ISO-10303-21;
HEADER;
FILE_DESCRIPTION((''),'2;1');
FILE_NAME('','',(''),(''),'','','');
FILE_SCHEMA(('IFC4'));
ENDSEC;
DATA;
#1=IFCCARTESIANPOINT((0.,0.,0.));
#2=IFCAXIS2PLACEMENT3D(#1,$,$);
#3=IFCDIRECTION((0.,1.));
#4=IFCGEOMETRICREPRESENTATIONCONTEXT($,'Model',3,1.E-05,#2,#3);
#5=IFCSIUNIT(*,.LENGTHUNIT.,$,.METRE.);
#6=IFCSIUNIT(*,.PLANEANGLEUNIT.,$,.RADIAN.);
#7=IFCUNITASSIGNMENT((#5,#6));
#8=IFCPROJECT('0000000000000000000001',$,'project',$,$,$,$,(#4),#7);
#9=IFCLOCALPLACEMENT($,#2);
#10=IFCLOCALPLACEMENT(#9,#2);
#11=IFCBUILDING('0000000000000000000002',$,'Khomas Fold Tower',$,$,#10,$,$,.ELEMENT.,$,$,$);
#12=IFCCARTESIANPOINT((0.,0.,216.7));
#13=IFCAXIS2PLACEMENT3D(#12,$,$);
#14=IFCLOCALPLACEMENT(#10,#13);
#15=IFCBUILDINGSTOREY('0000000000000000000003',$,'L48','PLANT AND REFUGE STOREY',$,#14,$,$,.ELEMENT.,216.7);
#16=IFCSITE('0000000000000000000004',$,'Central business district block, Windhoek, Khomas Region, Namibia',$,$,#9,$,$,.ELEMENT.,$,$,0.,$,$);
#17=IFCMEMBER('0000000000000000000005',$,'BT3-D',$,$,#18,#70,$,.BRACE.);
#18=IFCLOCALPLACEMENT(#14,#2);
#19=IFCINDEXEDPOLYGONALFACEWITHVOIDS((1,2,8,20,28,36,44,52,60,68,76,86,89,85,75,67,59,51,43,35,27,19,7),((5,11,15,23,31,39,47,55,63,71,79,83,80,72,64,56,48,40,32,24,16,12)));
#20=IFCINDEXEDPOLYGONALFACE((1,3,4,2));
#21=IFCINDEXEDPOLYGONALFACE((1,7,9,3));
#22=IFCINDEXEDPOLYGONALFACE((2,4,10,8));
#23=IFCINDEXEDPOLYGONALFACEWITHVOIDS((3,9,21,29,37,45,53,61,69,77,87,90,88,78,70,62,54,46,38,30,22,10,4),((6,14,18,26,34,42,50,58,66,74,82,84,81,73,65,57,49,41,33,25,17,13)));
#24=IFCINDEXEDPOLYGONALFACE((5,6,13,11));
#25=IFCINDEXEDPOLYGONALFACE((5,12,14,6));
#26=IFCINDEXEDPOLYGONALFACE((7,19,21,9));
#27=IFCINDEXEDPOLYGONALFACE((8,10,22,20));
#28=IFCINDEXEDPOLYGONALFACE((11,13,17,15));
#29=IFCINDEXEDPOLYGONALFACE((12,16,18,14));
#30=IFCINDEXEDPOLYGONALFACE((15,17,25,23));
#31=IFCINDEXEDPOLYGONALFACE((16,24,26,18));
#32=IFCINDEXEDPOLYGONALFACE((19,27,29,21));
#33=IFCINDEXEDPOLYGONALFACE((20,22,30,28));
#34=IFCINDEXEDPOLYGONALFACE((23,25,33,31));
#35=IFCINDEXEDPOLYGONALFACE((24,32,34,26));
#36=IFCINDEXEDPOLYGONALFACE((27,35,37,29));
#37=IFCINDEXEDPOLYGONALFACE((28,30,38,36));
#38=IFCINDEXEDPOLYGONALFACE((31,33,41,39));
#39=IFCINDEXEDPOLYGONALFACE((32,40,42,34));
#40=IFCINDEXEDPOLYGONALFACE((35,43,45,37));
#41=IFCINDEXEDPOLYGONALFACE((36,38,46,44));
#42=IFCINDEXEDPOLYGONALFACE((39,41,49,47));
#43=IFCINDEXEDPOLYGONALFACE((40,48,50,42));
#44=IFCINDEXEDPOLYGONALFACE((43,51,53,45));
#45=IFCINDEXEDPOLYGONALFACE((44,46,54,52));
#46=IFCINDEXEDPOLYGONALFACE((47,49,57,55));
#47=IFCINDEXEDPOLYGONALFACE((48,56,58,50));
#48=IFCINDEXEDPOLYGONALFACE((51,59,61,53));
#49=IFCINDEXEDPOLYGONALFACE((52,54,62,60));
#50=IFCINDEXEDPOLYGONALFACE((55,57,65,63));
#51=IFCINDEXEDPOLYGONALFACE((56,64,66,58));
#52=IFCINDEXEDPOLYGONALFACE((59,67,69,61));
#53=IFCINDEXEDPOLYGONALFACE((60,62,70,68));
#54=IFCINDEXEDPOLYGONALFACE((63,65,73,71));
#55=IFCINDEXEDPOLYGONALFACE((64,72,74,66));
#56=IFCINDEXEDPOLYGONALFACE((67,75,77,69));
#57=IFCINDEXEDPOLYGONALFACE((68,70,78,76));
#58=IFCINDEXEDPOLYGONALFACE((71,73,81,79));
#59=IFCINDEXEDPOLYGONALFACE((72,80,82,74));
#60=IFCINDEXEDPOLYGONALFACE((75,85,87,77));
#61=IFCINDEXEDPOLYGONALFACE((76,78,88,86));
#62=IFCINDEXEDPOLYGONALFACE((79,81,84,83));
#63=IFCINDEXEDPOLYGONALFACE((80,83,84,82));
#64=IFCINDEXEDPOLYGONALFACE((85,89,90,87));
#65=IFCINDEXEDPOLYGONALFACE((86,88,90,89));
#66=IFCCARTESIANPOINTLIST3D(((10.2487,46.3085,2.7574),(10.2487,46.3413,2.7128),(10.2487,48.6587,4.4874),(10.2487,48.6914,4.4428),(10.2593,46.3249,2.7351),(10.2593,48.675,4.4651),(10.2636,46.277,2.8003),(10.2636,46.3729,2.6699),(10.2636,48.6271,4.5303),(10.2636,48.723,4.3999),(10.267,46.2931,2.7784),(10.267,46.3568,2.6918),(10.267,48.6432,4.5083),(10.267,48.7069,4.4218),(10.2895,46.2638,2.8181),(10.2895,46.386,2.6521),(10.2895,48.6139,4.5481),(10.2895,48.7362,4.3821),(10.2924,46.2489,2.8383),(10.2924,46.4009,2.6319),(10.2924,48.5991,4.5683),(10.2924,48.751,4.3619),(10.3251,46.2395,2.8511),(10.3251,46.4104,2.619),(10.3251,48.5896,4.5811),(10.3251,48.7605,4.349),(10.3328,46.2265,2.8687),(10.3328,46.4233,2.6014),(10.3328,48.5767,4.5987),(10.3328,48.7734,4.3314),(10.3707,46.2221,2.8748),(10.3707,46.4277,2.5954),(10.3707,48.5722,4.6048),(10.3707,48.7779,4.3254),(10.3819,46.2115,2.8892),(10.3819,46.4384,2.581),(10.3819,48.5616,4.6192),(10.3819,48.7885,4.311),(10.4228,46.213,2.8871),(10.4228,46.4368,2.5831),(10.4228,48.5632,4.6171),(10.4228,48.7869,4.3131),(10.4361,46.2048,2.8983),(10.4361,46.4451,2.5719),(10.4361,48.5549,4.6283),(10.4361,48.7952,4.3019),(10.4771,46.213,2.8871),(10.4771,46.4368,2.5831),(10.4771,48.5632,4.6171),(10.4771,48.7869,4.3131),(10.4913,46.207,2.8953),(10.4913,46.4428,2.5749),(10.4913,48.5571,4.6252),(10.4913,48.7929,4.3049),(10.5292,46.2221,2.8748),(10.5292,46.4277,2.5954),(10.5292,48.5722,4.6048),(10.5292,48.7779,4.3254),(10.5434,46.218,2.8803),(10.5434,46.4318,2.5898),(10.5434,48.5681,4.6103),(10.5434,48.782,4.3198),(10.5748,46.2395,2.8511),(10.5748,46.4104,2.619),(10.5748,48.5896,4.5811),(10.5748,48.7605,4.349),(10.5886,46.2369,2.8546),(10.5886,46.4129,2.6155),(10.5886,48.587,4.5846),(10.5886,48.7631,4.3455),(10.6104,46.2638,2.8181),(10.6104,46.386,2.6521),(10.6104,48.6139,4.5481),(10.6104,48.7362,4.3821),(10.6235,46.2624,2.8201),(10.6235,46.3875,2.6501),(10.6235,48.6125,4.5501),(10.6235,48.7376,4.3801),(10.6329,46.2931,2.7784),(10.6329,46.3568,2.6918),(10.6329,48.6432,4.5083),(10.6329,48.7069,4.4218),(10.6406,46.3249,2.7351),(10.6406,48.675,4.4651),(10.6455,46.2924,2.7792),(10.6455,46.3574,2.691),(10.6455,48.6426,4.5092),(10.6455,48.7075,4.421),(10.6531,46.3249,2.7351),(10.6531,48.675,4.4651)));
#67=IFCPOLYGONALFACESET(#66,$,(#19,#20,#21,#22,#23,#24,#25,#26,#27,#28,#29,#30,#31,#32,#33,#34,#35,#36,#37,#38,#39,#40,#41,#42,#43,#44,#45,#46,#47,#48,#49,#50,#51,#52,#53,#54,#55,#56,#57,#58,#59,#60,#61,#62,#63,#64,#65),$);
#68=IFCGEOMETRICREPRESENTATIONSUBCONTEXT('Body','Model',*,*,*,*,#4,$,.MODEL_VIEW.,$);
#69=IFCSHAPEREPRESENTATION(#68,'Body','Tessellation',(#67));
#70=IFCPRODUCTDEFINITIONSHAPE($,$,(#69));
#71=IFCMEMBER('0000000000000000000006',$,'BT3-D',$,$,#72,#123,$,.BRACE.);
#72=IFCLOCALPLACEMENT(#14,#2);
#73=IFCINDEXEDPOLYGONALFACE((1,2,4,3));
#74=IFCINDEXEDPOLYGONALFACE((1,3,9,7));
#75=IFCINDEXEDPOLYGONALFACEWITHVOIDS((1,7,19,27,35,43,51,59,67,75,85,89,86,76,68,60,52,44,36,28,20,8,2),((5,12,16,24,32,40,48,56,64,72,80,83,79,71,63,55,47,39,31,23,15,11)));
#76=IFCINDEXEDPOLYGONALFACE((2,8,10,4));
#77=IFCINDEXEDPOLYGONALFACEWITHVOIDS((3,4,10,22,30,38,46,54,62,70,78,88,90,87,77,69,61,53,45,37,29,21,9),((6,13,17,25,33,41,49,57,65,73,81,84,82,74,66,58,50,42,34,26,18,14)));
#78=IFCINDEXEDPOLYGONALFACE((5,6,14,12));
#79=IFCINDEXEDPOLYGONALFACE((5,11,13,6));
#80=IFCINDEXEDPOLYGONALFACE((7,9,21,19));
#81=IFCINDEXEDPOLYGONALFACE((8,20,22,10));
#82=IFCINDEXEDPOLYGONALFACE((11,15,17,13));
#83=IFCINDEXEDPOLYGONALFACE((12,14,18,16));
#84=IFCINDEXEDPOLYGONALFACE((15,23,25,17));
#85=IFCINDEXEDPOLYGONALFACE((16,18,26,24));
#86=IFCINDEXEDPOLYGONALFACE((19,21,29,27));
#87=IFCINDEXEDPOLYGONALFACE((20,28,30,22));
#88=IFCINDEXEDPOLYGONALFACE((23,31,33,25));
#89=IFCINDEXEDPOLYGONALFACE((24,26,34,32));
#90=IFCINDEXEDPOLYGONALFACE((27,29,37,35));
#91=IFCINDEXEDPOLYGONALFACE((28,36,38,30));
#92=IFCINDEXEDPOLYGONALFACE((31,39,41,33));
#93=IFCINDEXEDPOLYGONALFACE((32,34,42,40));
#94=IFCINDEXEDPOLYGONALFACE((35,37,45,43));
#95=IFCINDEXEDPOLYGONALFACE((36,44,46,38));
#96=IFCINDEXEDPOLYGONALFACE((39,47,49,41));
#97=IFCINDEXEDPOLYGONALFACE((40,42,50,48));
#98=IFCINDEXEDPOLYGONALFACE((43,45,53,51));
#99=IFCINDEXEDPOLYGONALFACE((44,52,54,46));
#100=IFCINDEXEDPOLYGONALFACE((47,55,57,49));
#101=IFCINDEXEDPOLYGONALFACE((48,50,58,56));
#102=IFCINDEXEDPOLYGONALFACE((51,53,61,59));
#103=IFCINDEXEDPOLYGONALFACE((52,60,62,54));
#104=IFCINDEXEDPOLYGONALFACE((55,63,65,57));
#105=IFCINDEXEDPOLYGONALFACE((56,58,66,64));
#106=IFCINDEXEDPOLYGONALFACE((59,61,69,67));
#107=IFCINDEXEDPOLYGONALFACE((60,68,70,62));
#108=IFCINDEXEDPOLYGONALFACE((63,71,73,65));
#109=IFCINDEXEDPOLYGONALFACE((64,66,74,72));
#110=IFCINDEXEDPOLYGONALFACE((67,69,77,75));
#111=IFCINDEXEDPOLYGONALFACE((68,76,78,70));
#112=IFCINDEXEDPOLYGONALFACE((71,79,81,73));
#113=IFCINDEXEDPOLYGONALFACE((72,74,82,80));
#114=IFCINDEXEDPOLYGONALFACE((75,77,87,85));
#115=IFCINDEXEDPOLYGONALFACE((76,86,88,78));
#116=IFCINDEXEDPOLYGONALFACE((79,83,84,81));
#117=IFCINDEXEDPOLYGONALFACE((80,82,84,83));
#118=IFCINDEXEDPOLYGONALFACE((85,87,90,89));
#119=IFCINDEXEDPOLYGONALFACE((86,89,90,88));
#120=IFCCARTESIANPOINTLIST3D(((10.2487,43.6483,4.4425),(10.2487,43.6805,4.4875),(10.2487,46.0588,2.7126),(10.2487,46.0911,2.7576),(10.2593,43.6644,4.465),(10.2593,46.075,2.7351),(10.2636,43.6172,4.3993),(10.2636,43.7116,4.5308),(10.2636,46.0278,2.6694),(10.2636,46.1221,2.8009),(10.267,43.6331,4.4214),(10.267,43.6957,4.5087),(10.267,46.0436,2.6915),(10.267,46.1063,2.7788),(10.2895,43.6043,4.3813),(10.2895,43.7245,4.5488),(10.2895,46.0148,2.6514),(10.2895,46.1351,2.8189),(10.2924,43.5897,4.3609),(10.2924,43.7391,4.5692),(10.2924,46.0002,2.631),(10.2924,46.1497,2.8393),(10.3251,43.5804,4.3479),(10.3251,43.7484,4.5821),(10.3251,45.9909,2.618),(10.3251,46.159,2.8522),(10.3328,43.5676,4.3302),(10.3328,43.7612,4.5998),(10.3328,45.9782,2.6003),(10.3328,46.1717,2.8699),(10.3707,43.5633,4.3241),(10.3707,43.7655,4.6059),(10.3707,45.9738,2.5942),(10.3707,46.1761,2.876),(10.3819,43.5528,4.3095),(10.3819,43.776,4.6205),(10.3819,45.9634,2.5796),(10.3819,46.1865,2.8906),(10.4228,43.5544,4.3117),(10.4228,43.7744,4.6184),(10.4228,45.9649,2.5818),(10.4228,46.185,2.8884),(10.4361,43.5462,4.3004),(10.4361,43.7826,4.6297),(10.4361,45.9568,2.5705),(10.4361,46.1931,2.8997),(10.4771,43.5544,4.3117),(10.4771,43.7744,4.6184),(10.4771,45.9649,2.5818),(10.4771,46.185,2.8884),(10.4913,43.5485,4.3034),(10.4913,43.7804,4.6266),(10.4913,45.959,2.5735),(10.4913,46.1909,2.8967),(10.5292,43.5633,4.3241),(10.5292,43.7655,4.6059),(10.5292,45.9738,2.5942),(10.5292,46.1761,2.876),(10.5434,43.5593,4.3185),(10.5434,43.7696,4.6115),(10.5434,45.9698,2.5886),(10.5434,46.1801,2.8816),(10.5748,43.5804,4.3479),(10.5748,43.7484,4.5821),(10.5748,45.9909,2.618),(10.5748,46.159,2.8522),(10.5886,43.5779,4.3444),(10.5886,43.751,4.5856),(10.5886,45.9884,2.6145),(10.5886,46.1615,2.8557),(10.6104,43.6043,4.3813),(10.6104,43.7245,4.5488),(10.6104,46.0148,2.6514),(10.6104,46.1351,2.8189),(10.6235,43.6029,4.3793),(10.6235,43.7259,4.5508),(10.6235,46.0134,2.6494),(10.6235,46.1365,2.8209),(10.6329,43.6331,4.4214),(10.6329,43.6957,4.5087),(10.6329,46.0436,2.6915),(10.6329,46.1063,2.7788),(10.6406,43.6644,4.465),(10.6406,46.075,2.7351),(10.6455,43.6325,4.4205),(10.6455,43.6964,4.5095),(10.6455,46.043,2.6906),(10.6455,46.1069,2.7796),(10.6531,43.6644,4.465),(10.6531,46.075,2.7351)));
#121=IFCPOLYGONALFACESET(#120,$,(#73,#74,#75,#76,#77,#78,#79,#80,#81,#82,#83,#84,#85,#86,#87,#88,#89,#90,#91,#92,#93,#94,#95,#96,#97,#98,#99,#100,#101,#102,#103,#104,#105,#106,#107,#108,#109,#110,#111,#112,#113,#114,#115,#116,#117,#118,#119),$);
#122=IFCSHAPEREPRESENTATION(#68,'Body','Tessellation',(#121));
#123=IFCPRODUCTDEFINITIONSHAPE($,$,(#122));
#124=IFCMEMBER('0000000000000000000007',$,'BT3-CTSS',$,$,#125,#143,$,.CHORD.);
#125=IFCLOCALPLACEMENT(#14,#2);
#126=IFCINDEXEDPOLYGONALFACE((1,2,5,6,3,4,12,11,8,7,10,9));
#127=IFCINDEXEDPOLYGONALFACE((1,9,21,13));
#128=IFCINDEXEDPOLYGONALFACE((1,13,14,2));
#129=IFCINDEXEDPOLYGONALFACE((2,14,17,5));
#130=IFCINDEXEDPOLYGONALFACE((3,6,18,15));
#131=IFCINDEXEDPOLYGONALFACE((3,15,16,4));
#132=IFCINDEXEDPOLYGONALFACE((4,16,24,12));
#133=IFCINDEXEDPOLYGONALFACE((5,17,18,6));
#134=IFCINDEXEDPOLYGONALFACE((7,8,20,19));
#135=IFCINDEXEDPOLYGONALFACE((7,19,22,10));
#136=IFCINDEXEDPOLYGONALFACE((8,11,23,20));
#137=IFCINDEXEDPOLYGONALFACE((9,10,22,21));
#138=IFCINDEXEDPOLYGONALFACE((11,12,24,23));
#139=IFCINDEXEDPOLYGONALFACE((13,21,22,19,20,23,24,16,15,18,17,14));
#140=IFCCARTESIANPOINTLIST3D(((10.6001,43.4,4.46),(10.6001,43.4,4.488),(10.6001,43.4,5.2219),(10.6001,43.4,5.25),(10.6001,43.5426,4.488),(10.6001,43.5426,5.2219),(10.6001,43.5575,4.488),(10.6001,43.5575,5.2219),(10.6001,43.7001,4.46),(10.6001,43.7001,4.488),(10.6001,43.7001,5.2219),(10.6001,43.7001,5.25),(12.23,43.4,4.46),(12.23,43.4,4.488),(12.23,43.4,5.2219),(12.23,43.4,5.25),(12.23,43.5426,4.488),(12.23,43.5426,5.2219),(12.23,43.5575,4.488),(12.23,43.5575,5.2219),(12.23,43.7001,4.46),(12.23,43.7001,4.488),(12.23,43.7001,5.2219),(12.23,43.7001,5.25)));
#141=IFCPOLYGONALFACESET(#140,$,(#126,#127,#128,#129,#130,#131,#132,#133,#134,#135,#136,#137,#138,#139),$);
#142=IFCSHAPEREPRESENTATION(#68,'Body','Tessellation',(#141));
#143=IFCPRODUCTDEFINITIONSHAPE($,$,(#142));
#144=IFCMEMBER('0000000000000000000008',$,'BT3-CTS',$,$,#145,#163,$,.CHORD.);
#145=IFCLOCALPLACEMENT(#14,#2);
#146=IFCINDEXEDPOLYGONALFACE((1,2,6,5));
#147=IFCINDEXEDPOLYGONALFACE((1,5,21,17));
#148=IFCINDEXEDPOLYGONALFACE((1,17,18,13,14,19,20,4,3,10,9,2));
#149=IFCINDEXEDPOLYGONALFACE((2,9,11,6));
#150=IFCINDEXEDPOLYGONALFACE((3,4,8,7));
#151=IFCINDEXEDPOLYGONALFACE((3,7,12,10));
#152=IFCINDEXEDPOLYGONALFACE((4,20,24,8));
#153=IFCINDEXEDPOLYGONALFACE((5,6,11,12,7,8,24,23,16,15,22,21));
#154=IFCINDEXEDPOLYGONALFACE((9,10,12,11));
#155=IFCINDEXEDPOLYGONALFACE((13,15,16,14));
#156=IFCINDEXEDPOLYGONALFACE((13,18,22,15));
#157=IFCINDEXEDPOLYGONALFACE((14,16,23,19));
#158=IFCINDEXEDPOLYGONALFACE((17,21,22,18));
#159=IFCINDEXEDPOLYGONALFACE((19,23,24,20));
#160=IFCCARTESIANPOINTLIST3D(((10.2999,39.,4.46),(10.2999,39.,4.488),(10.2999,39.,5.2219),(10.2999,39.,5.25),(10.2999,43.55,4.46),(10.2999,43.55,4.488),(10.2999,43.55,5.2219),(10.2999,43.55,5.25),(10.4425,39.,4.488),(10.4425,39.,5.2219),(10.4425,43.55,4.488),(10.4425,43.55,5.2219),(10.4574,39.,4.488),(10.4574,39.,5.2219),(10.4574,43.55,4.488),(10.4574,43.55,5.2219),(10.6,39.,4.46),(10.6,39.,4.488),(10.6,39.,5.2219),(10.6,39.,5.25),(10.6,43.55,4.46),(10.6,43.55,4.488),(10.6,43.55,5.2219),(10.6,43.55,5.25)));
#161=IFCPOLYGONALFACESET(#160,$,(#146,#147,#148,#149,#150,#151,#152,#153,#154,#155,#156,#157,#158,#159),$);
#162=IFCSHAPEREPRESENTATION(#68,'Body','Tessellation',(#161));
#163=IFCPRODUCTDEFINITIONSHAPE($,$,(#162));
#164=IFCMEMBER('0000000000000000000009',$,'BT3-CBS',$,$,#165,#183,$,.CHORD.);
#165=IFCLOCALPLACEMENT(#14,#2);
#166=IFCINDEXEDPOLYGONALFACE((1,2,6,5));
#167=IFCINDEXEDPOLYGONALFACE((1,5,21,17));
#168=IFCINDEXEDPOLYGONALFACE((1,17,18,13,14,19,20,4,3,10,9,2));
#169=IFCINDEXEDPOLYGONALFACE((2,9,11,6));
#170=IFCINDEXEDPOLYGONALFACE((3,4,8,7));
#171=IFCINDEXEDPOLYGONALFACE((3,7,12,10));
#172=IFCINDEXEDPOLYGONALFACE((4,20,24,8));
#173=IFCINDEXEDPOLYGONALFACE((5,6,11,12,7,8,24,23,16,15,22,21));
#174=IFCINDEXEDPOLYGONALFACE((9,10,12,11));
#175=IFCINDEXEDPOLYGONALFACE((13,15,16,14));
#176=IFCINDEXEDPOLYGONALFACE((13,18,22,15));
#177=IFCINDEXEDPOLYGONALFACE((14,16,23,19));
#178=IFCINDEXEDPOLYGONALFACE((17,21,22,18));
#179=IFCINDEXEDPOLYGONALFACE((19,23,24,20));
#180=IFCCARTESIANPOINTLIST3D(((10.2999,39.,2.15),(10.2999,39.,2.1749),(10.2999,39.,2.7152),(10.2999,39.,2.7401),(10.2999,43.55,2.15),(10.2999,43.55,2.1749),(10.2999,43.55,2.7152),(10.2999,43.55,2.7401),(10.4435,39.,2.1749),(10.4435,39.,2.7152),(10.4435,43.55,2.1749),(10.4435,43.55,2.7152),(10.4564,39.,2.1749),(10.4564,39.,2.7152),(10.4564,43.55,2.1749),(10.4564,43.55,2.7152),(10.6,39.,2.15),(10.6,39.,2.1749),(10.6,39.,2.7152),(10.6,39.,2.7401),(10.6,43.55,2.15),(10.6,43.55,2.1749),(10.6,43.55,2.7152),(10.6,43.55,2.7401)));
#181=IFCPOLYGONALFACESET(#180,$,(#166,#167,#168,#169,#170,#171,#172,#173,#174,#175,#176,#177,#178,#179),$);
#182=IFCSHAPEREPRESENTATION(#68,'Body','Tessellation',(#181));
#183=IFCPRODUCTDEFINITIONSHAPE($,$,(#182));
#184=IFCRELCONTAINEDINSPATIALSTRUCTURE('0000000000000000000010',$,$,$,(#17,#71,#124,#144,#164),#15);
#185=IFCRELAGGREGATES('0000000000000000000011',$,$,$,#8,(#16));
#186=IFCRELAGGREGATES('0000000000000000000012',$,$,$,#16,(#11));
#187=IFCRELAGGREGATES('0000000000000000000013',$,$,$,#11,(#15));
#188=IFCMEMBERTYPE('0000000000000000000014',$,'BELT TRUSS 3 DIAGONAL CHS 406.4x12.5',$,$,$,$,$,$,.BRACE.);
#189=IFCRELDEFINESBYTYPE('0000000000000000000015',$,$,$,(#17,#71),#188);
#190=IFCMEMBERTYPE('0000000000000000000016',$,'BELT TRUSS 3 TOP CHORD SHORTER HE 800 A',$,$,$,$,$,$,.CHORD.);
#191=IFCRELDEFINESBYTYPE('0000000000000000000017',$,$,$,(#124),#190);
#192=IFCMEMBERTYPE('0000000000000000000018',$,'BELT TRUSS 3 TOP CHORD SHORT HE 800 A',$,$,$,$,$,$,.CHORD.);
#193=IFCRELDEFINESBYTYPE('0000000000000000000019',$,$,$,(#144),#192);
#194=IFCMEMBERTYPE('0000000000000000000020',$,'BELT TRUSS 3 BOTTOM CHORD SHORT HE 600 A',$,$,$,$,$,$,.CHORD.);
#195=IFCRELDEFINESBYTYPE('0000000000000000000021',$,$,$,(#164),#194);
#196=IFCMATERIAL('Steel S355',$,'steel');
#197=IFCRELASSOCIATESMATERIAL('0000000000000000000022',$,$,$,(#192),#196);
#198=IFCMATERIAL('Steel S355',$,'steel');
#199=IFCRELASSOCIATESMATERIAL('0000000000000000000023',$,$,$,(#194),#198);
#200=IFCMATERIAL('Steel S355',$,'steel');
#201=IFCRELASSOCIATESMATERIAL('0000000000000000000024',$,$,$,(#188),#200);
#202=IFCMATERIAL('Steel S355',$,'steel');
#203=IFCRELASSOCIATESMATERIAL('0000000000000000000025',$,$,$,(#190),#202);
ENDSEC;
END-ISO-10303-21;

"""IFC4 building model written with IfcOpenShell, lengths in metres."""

from ifc_helpers import new_model, si_unit, direction, frame, origin, origin_2d, place, context, subcontext, project, spatial, hollow_circle, i_section, extrude, source, transform, mapped, material, material_profile, profile_set, type_object, element, save


model = new_model("IFC4")

# Units and contexts
model_context = context("Model", 3, precision=1e-05, world=origin(), true_north=direction((0.0, 1.0)))
body_context = subcontext(model_context, "Body", "Model", "MODEL_VIEW")
ifc_project = project(units=[si_unit("LENGTHUNIT", "METRE"), si_unit("PLANEANGLEUNIT", "RADIAN")], contexts=[model_context])

# Site, building, storey
site_placement = place(None, origin())
site = spatial("IfcSite", under=ifc_project, at=site_placement, Name="Central business district block, Windhoek, Khomas Region, Namibia", CompositionType="ELEMENT", RefElevation=0.0)
building_placement = place(site_placement, origin())
building = spatial("IfcBuilding", under=site, at=building_placement, Name="Khomas Fold Tower", CompositionType="ELEMENT")
storey_placement = place(building_placement, frame((0.0, 0.0, 216.7)))
storey = spatial("IfcBuildingStorey", under=building, at=storey_placement, Name="L48", Description="PLANT AND REFUGE STOREY", CompositionType="ELEMENT", Elevation=216.7)

# Members
ifc_material_1 = material(Name="Steel S355", Category="steel")
ifc_material_profile_1 = material_profile(ifc_material_1, i_section(OverallWidth=0.3, OverallDepth=0.79, WebThickness=0.0149, FlangeThickness=0.0281, at=origin_2d()), Name="HE 800 A")
ifc_profile_set_1 = profile_set([ifc_material_profile_1], Name="Steel S355")
member_type_1 = type_object("IfcMemberType", Name="BELT TRUSS 3 TOP CHORD SHORT HE 800 A", PredefinedType="CHORD", material=ifc_profile_set_1)
ifc_material_2 = material(Name="Steel S355", Category="steel")
ifc_material_profile_2 = material_profile(ifc_material_2, i_section(OverallWidth=0.3, OverallDepth=0.5901, WebThickness=0.0129, FlangeThickness=0.0249, at=origin_2d()), Name="HE 600 A")
ifc_profile_set_2 = profile_set([ifc_material_profile_2], Name="Steel S355")
member_type_2 = type_object("IfcMemberType", Name="BELT TRUSS 3 BOTTOM CHORD SHORT HE 600 A", PredefinedType="CHORD", material=ifc_profile_set_2)
ifc_material_3 = material(Name="Steel S355", Category="steel")
ifc_material_profile_3 = material_profile(ifc_material_3, hollow_circle(Radius=0.2031, WallThickness=0.0125, at=origin_2d()), Name="CHS 406.4x12.5")
ifc_profile_set_3 = profile_set([ifc_material_profile_3], Name="Steel S355")
member_type_3 = type_object("IfcMemberType", Name="BELT TRUSS 3 DIAGONAL CHS 406.4x12.5", PredefinedType="BRACE", material=ifc_profile_set_3)
shared_shape_1 = source(origin(), body_context, "Body", "SweptSolid", [
    extrude(hollow_circle(Radius=0.2031, WallThickness=0.0125, at=origin_2d()), origin(), (0.0, 0.0, 1.0), 2.9182),
])
member_1_placement = place(storey_placement, frame((10.45, 48.675, 4.4651), z_axis=(0.0, -0.805329, -0.592828), x_axis=(1.0, 0.0, 0.0)))
element("IfcMember", 1, at=member_1_placement, inside=storey, type_object=member_type_3, Name="BT3-D", PredefinedType="BRACE", context=body_context, shape_type="MappedRepresentation", body=[
    mapped(shared_shape_1, transform((0.0, 0.0, 0.0))),
])
shared_shape_2 = source(origin(), body_context, "Body", "SweptSolid", [
    extrude(hollow_circle(Radius=0.2031, WallThickness=0.0125, at=origin_2d()), origin(), (0.0, 0.0, 1.0), 2.967),
])
member_2_placement = place(storey_placement, frame((10.45, 46.075, 2.7351), z_axis=(0.0, -0.812442, 0.583042), x_axis=(1.0, 0.0, 0.0)))
element("IfcMember", 2, at=member_2_placement, inside=storey, type_object=member_type_3, Name="BT3-D", PredefinedType="BRACE", context=body_context, shape_type="MappedRepresentation", body=[
    mapped(shared_shape_2, transform((0.0, 0.0, 0.0))),
])
ifc_material_4 = material(Name="Steel S355", Category="steel")
ifc_material_profile_4 = material_profile(ifc_material_4, i_section(OverallWidth=0.3, OverallDepth=0.79, WebThickness=0.0149, FlangeThickness=0.0281, at=origin_2d()), Name="HE 800 A")
ifc_profile_set_4 = profile_set([ifc_material_profile_4], Name="Steel S355")
member_type_4 = type_object("IfcMemberType", Name="BELT TRUSS 3 TOP CHORD SHORTER HE 800 A", PredefinedType="CHORD", material=ifc_profile_set_4)
shared_shape_3 = source(origin(), body_context, "Body", "SweptSolid", [
    extrude(i_section(OverallWidth=0.3, OverallDepth=0.79, WebThickness=0.0149, FlangeThickness=0.0281, at=origin_2d()), origin(), (0.0, 0.0, 1.0), 1.6299),
])
member_3_placement = place(storey_placement, frame((10.6001, 43.55, 4.855), z_axis=(1.0, 0.0, 0.0), x_axis=(0.0, 1.0, 0.0)))
element("IfcMember", 3, at=member_3_placement, inside=storey, type_object=member_type_4, Name="BT3-CTSS", PredefinedType="CHORD", context=body_context, shape_type="MappedRepresentation", body=[
    mapped(shared_shape_3, transform((0.0, 0.0, 0.0))),
])
shared_shape_4 = source(origin(), body_context, "Body", "SweptSolid", [
    extrude(i_section(OverallWidth=0.3, OverallDepth=0.79, WebThickness=0.0149, FlangeThickness=0.0281, at=origin_2d()), origin(), (0.0, 0.0, 1.0), 4.55),
])
member_4_placement = place(storey_placement, frame((10.45, 43.55, 4.855), z_axis=(0.0, -1.0, 0.0), x_axis=(1.0, 0.0, 0.0)))
element("IfcMember", 4, at=member_4_placement, inside=storey, type_object=member_type_1, Name="BT3-CTS", PredefinedType="CHORD", context=body_context, shape_type="MappedRepresentation", body=[
    mapped(shared_shape_4, transform((0.0, 0.0, 0.0))),
])
shared_shape_5 = source(origin(), body_context, "Body", "SweptSolid", [
    extrude(i_section(OverallWidth=0.3, OverallDepth=0.5901, WebThickness=0.0129, FlangeThickness=0.0249, at=origin_2d()), origin(), (0.0, 0.0, 1.0), 4.55),
])
member_5_placement = place(storey_placement, frame((10.45, 43.55, 2.4451), z_axis=(0.0, -1.0, 0.0), x_axis=(1.0, 0.0, 0.0)))
element("IfcMember", 5, at=member_5_placement, inside=storey, type_object=member_type_2, Name="BT3-CBS", PredefinedType="CHORD", context=body_context, shape_type="MappedRepresentation", body=[
    mapped(shared_shape_5, transform((0.0, 0.0, 0.0))),
])

save(model, "model.ifc")
